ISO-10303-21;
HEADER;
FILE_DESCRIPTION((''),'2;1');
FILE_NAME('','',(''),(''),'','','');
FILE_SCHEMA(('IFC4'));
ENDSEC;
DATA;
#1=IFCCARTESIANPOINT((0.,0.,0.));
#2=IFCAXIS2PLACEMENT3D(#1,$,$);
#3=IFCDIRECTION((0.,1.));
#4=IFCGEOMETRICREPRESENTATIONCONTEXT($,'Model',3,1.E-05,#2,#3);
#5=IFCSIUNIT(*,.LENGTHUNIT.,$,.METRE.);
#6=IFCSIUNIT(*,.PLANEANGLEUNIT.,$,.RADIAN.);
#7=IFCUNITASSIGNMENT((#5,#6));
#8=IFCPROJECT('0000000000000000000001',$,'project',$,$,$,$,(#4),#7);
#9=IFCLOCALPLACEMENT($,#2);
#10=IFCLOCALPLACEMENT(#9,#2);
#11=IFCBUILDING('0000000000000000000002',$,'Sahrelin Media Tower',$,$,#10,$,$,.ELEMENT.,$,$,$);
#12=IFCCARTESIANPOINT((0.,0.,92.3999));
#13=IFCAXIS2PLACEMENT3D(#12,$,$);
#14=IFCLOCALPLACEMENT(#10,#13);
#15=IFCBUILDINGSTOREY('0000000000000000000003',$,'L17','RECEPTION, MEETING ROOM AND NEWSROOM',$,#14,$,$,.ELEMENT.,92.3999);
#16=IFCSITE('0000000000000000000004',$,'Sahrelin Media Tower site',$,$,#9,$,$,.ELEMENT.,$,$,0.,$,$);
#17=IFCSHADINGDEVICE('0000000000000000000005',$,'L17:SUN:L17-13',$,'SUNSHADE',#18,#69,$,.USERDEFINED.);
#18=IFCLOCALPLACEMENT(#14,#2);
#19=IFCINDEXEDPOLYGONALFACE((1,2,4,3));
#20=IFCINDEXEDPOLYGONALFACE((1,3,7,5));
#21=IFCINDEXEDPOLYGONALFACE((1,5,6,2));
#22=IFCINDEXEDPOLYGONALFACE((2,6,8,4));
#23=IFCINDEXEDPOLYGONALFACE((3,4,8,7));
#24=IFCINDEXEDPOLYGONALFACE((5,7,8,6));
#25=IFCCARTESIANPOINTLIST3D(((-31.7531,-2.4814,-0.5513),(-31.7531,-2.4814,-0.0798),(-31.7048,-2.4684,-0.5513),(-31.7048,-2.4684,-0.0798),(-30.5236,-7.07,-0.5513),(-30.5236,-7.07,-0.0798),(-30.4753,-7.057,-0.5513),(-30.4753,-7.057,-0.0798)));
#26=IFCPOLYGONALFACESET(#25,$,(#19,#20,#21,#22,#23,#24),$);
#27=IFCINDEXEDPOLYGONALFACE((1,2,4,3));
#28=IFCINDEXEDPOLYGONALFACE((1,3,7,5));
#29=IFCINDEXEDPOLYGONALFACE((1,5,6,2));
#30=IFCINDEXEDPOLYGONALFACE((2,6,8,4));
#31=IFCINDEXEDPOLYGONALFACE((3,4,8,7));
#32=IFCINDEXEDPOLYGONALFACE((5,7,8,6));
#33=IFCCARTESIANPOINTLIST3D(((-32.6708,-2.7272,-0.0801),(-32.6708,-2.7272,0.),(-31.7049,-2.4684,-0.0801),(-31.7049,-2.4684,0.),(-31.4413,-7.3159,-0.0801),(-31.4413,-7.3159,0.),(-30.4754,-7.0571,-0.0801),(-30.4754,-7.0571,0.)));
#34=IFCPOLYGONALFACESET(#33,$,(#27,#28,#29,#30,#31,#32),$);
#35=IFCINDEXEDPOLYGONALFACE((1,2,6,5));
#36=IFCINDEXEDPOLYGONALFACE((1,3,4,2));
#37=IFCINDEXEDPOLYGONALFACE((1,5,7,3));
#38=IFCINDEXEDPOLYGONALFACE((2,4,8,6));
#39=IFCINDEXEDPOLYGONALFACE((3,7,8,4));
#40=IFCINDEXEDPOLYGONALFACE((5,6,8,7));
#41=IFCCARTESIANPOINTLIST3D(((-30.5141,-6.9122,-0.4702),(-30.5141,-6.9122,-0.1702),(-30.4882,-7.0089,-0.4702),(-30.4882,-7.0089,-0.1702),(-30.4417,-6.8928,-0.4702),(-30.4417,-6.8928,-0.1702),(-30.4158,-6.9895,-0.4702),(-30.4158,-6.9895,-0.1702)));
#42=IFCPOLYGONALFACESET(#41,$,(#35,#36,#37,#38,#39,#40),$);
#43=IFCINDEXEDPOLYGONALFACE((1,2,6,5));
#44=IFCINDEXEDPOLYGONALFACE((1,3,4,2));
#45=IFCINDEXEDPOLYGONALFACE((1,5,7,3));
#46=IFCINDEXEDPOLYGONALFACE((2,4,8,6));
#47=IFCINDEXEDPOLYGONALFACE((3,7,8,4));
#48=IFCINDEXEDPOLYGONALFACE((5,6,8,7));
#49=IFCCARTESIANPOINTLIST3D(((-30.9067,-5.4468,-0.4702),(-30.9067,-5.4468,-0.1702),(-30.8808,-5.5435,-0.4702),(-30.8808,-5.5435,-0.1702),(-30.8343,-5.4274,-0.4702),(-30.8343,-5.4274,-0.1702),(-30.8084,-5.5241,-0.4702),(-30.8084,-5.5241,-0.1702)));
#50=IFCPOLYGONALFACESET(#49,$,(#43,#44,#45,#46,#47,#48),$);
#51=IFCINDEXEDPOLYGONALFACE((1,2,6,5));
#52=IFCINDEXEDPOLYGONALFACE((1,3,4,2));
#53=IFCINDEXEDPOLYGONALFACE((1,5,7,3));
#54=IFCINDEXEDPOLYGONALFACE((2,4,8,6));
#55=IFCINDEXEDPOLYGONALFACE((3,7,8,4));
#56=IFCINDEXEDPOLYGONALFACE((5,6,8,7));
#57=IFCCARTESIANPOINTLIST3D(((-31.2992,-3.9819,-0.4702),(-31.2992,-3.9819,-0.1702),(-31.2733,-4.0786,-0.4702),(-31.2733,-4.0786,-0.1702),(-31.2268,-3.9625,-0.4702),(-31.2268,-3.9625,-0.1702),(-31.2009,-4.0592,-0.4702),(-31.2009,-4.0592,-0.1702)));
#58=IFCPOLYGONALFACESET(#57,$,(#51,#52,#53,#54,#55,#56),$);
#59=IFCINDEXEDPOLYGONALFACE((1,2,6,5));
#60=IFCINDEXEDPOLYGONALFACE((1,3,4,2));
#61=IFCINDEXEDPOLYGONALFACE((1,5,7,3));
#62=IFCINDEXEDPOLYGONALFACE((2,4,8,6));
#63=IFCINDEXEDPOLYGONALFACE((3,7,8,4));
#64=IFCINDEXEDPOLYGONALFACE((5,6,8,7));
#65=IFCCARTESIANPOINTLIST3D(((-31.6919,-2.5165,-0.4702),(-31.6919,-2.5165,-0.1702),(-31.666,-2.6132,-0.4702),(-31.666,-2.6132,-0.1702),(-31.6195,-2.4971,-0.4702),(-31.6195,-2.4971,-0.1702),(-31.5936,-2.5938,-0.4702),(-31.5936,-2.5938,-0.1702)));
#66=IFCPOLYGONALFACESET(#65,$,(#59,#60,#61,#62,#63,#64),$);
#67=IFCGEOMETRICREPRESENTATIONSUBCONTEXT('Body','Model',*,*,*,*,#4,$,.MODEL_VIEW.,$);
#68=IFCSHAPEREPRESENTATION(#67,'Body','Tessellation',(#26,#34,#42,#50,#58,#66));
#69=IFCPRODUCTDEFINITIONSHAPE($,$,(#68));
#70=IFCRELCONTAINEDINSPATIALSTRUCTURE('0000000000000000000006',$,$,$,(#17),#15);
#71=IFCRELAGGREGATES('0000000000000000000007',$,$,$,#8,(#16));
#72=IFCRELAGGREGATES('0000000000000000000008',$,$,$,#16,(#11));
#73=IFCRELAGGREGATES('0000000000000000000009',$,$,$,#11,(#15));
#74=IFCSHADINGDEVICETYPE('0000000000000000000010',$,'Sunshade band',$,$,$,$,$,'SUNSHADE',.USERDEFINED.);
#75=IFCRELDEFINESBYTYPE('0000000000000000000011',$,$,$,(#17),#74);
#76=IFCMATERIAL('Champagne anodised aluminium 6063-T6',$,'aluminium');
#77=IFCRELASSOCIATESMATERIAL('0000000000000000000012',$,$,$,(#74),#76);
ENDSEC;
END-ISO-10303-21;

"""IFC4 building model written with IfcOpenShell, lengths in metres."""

from ifc_helpers import new_model, si_unit, direction, frame, origin, origin_2d, place, context, subcontext, project, spatial, rectangle, extrude, material, type_object, element, save


model = new_model("IFC4")

# Units and contexts
model_context = context("Model", 3, precision=1e-05, world=origin(), true_north=direction((0.0, 1.0)))
body_context = subcontext(model_context, "Body", "Model", "MODEL_VIEW")
ifc_project = project(units=[si_unit("LENGTHUNIT", "METRE"), si_unit("PLANEANGLEUNIT", "RADIAN")], contexts=[model_context])

# Site, building, storey
site_placement = place(None, origin())
site = spatial("IfcSite", under=ifc_project, at=site_placement, Name="Sahrelin Media Tower site", CompositionType="ELEMENT", RefElevation=0.0)
building_placement = place(site_placement, origin())
building = spatial("IfcBuilding", under=site, at=building_placement, Name="Sahrelin Media Tower", CompositionType="ELEMENT")
storey_placement = place(building_placement, frame((0.0, 0.0, 92.3999)))
storey = spatial("IfcBuildingStorey", under=building, at=storey_placement, Name="L17", Description="RECEPTION, MEETING ROOM AND NEWSROOM", CompositionType="ELEMENT", Elevation=92.3999)

# Shared definitions
ifc_material_1 = material(Name="Champagne anodised aluminium 6063-T6", Category="aluminium")

# Shading device
placement_1 = place(storey_placement, frame((-31.0708, -4.7576, 0.0), z_axis=(0.0, 0.0, 1.0), x_axis=(-0.258808, 0.965929, 0.0)))
shading_device_type_1 = type_object("IfcShadingDeviceType", Name="Sunshade band", ElementType="SUNSHADE", PredefinedType="USERDEFINED", material=ifc_material_1)
element("IfcShadingDevice", 1, at=placement_1, inside=storey, type_object=shading_device_type_1, Name="L17:SUN:L17-13", ObjectType="SUNSHADE", PredefinedType="USERDEFINED", context=body_context, shape_type="SweptSolid", body=[
    extrude(rectangle(XDim=4.7505, YDim=0.05, at=origin_2d()), frame((0.0, 0.0449, -0.5513)), (0.0, 0.0, 1.0), 0.4714),
    extrude(rectangle(XDim=4.7505, YDim=1.0, at=origin_2d()), frame((0.0, 0.52, -0.0801)), (0.0, 0.0, 1.0), 0.0801),
    extrude(rectangle(XDim=0.1001, YDim=0.075, at=origin_2d()), frame((-2.2754, -0.0176, -0.4702)), (0.0, 0.0, 1.0), 0.3),
    extrude(rectangle(XDim=0.1001, YDim=0.075, at=origin_2d()), frame((-0.7583, -0.0176, -0.4702)), (0.0, 0.0, 1.0), 0.3),
    extrude(rectangle(XDim=0.1001, YDim=0.075, at=origin_2d()), frame((0.7583, -0.0176, -0.4702)), (0.0, 0.0, 1.0), 0.3),
    extrude(rectangle(XDim=0.1001, YDim=0.075, at=origin_2d()), frame((2.2754, -0.0176, -0.4702)), (0.0, 0.0, 1.0), 0.3),
])

save(model, "model.ifc")
